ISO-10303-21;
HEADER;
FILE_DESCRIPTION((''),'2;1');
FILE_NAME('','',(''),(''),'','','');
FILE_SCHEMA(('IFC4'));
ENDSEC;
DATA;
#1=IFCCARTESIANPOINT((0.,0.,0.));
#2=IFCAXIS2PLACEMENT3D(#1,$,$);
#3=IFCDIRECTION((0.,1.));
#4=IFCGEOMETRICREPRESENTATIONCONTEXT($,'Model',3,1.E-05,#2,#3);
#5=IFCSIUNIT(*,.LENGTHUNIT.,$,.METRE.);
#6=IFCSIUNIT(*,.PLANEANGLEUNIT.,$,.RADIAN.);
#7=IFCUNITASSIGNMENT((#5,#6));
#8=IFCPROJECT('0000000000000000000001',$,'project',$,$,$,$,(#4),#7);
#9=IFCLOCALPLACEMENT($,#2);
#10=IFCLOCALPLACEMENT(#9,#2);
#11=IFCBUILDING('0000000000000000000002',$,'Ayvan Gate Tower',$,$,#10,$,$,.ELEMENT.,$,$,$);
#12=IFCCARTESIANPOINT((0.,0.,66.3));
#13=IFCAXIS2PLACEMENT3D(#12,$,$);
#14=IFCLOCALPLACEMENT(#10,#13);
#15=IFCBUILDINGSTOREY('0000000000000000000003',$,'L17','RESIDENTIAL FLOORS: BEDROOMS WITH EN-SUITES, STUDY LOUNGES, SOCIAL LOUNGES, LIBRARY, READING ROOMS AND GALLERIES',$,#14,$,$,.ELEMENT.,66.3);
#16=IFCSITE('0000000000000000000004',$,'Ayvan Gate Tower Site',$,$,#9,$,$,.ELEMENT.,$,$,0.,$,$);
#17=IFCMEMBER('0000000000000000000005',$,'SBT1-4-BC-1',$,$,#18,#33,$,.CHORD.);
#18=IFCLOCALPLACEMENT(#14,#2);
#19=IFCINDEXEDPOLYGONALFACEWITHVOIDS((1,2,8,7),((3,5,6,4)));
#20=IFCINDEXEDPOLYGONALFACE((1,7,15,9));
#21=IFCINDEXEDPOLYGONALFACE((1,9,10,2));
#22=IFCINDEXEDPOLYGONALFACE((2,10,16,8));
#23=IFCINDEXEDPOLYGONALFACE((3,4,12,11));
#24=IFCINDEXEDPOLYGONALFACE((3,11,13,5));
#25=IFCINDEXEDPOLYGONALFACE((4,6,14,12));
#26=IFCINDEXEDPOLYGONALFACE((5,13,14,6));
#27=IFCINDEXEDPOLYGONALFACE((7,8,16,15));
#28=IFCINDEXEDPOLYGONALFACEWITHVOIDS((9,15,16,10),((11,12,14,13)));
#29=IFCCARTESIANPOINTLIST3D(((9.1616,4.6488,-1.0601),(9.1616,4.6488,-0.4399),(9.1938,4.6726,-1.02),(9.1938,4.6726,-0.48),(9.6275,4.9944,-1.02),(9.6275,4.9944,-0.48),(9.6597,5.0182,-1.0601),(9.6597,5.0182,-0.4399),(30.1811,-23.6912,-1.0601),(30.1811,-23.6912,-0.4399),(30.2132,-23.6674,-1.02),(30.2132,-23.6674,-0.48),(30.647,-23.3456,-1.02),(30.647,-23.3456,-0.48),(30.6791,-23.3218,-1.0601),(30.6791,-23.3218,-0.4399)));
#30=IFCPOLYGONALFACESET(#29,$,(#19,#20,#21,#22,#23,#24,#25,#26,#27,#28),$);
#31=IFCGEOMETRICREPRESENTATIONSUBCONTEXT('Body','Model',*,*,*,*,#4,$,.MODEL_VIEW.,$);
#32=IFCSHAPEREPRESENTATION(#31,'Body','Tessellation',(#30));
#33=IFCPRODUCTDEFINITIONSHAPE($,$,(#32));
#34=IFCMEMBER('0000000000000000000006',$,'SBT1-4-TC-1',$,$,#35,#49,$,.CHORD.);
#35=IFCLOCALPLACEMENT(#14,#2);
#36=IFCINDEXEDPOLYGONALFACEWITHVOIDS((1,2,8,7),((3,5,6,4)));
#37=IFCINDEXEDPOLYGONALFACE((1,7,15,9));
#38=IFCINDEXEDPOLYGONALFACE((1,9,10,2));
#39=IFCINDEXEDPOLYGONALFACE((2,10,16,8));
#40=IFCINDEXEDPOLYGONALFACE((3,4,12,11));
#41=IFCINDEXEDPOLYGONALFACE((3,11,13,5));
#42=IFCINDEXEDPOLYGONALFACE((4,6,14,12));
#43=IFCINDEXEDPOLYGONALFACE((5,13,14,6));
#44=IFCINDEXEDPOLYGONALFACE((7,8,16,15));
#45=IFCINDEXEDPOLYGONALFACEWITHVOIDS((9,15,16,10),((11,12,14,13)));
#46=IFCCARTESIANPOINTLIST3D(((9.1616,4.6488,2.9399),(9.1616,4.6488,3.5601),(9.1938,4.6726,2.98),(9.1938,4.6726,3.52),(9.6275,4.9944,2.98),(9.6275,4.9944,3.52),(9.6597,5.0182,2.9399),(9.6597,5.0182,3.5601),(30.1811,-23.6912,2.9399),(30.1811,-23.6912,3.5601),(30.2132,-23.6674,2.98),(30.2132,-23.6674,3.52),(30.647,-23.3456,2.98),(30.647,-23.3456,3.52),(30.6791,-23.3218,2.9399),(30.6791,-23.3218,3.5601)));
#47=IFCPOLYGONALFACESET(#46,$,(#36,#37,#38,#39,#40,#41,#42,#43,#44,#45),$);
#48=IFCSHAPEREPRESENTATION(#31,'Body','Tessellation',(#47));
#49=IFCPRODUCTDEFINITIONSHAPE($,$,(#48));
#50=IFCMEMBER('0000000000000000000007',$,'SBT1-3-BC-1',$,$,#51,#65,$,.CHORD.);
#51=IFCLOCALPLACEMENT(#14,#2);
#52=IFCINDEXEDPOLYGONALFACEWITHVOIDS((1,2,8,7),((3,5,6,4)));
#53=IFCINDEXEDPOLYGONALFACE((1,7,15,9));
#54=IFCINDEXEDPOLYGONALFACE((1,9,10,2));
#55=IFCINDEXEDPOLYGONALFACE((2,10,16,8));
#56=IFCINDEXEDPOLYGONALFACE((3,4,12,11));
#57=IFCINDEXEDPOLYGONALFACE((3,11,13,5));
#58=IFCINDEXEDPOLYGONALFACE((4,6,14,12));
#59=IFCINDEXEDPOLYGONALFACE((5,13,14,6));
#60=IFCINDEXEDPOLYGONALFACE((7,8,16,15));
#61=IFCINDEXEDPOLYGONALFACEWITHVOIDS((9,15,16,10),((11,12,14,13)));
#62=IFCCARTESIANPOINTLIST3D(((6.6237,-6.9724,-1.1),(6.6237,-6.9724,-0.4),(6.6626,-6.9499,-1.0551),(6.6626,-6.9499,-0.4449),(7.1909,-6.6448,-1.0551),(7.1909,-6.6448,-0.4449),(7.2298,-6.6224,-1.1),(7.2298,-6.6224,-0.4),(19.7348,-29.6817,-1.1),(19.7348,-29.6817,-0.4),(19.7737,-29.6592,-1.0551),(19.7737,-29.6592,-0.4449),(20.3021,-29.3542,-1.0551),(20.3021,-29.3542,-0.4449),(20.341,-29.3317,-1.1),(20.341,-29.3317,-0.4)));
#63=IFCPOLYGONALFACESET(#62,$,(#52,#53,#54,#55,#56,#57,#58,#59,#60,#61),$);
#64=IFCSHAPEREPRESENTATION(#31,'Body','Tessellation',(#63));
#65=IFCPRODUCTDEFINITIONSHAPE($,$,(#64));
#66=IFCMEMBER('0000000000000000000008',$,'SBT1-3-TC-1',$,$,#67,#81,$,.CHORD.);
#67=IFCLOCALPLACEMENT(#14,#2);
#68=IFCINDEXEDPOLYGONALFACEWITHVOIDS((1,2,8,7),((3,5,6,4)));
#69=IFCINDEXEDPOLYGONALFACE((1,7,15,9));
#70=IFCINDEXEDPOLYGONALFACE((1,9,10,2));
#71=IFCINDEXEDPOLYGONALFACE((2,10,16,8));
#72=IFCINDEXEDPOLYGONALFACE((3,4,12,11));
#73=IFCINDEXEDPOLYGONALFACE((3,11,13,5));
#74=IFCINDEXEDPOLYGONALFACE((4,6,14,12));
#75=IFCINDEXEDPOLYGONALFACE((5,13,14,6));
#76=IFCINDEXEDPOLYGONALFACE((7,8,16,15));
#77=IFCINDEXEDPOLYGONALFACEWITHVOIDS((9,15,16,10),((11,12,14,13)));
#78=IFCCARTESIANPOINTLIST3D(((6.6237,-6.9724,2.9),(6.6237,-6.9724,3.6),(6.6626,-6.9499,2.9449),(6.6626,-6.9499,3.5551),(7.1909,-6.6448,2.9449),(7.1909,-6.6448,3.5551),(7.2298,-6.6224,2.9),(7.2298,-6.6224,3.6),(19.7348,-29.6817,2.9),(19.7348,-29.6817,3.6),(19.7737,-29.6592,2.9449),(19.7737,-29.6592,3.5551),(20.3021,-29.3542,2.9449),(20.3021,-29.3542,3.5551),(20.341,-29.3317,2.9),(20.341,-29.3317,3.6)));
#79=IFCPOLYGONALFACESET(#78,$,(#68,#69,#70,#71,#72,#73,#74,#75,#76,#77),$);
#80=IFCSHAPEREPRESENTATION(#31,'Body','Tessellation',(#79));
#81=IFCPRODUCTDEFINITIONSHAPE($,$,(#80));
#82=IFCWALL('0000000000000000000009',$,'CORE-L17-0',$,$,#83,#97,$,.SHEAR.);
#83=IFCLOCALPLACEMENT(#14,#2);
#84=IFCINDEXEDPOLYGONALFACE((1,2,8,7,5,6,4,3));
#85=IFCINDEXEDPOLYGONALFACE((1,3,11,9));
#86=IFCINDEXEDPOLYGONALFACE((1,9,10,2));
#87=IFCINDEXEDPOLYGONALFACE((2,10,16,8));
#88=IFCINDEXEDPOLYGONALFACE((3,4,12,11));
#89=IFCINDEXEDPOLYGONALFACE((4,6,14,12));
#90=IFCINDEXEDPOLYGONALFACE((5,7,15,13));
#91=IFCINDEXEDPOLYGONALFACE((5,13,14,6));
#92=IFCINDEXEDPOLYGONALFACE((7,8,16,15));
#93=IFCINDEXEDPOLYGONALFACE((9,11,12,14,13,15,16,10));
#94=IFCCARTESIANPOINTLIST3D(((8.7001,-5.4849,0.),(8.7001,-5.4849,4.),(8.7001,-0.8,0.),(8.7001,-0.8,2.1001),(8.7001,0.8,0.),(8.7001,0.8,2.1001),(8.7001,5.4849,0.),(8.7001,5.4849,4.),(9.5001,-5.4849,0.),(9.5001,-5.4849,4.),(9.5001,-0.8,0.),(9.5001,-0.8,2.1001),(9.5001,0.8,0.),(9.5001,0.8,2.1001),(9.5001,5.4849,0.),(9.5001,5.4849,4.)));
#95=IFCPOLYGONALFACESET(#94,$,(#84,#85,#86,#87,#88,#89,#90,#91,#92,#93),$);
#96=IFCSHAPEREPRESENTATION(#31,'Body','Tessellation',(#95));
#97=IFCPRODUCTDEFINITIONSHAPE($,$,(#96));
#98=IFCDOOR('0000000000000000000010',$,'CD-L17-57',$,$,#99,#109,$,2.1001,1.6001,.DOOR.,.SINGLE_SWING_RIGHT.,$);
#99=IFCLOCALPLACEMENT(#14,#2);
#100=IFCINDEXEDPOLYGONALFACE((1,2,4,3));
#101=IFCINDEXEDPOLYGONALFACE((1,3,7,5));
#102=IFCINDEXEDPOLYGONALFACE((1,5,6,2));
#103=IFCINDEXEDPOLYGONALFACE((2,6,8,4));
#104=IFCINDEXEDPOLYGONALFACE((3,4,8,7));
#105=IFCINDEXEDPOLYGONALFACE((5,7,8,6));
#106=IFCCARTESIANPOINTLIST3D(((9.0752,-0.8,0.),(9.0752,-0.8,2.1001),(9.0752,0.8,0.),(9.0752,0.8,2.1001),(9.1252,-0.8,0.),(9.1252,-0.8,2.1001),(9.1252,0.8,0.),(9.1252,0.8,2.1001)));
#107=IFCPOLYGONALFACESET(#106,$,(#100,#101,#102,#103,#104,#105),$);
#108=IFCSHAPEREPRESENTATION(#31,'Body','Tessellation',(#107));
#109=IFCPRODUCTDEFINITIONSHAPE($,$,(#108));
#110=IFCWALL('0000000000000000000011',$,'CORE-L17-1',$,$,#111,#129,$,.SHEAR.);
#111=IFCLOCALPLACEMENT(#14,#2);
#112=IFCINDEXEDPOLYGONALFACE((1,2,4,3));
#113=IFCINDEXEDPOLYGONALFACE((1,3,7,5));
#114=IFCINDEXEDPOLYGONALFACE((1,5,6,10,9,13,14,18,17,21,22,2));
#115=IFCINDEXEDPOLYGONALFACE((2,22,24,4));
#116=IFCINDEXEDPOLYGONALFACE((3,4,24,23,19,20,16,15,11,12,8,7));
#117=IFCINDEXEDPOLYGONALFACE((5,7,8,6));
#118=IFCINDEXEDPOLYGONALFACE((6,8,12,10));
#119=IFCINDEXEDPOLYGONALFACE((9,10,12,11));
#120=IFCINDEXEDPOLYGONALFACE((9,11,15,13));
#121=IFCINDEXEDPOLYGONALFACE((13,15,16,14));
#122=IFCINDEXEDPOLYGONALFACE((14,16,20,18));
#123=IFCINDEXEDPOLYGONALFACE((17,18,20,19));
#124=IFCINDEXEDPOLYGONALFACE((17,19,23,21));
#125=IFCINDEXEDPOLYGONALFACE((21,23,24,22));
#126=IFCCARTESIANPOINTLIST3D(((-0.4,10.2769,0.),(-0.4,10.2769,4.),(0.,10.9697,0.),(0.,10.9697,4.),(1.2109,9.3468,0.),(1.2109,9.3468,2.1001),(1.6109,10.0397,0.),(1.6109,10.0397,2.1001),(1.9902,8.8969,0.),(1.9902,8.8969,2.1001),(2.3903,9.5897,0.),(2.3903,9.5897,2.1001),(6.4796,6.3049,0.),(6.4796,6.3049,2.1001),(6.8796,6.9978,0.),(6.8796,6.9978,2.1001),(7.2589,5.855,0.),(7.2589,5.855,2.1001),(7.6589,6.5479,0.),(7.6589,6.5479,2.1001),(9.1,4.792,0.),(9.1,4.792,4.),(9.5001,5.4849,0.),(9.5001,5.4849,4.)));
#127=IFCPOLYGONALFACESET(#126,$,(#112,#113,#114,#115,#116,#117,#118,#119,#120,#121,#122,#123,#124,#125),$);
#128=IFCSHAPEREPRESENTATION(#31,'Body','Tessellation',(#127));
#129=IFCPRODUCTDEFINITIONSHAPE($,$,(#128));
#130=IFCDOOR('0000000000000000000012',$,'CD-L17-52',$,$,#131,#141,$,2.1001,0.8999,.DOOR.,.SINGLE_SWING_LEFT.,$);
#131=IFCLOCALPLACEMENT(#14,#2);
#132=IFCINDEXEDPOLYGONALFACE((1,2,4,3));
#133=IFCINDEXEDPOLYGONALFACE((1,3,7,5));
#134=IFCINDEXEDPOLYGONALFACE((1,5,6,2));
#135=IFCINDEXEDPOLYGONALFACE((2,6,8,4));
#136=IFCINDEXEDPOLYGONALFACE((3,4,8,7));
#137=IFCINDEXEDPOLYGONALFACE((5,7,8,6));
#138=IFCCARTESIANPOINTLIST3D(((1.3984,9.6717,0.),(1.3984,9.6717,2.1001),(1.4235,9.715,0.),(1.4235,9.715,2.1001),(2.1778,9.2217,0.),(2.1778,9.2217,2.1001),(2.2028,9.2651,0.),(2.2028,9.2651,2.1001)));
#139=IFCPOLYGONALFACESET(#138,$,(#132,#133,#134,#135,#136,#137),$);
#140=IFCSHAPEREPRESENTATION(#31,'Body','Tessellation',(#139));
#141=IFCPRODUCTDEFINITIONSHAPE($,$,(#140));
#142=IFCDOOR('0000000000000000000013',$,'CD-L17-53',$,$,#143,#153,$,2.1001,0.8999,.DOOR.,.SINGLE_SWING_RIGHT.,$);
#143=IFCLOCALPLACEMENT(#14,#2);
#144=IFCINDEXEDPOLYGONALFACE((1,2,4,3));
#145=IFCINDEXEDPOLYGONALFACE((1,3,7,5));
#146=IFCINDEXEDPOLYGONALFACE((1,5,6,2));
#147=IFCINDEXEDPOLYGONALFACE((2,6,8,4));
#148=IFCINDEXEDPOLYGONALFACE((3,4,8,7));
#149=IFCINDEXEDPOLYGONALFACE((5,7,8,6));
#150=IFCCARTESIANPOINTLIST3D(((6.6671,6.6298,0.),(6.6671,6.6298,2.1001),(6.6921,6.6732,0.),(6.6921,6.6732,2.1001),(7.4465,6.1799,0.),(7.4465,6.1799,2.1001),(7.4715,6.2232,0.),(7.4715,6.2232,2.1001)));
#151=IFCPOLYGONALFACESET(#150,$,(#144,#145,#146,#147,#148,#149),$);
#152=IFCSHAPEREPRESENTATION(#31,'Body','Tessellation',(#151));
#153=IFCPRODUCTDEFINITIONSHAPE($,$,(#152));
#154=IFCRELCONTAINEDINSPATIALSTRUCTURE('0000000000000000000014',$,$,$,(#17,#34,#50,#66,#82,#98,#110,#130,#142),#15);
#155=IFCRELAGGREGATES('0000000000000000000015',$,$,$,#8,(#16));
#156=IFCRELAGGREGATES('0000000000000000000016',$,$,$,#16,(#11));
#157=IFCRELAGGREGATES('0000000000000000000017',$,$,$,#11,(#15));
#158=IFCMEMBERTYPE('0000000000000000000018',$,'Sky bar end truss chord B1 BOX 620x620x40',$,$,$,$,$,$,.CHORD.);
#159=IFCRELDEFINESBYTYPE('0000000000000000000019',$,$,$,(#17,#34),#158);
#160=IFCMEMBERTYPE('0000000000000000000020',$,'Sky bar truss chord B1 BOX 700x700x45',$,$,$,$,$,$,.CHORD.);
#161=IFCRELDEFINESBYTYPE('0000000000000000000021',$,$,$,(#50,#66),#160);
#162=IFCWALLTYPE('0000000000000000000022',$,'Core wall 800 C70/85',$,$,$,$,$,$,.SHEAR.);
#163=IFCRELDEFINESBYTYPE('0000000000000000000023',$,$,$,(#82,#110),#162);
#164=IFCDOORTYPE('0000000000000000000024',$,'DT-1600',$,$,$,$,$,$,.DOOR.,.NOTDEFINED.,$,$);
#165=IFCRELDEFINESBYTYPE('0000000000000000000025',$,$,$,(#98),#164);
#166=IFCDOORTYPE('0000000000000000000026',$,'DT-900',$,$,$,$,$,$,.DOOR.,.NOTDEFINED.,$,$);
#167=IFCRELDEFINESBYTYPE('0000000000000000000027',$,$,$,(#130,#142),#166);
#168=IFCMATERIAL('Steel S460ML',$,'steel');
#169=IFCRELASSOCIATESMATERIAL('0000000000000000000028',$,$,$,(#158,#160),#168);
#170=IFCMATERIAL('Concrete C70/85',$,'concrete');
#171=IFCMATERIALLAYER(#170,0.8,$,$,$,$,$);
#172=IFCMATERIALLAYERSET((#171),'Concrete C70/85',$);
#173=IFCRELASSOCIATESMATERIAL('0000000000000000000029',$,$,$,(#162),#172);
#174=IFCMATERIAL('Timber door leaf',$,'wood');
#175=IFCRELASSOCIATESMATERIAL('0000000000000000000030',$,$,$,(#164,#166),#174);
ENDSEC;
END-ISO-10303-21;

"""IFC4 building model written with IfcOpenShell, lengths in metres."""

from ifc_helpers import new_model, si_unit, direction, frame, frame_2d, origin, origin_2d, place, context, subcontext, project, spatial, rectangle, hollow_rectangle, extrude, material, layer, layer_set, material_profile, profile_set, type_object, element, fill, save


model = new_model("IFC4")

# Units and contexts
model_context = context("Model", 3, precision=1e-05, world=origin(), true_north=direction((0.0, 1.0)))
body_context = subcontext(model_context, "Body", "Model", "MODEL_VIEW")
ifc_project = project(units=[si_unit("LENGTHUNIT", "METRE"), si_unit("PLANEANGLEUNIT", "RADIAN")], contexts=[model_context])

# Site, building, storey
site_placement = place(None, origin())
site = spatial("IfcSite", under=ifc_project, at=site_placement, Name="Ayvan Gate Tower Site", CompositionType="ELEMENT", RefElevation=0.0)
building_placement = place(site_placement, origin())
building = spatial("IfcBuilding", under=site, at=building_placement, Name="Ayvan Gate Tower", CompositionType="ELEMENT")
storey_placement = place(building_placement, frame((0.0, 0.0, 66.3)))
storey = spatial("IfcBuildingStorey", under=building, at=storey_placement, Name="L17", Description="RESIDENTIAL FLOORS: BEDROOMS WITH EN-SUITES, STUDY LOUNGES, SOCIAL LOUNGES, LIBRARY, READING ROOMS AND GALLERIES", CompositionType="ELEMENT", Elevation=66.3)

# Members
ifc_material_1 = material(Name="Steel S460ML", Category="steel")
ifc_material_profile_1 = material_profile(ifc_material_1, hollow_rectangle(XDim=0.6201, YDim=0.6201, WallThickness=0.04, at=origin_2d()), Name="BOX 620x620x40")
ifc_profile_set_1 = profile_set([ifc_material_profile_1], Name="Steel S460ML")
member_type_1 = type_object("IfcMemberType", Name="Sky bar end truss chord B1 BOX 620x620x40", PredefinedType="CHORD", material=ifc_profile_set_1)
for number, where, z_axis, x_axis, name in (
    (1, (9.4106, 4.8335, -0.75), (0.595719, -0.803193, 0.0), (0.803193, 0.595719, 0.0), "SBT1-4-BC-1"),
    (2, (9.4106, 4.8335, 3.25), (0.595719, -0.803193, 0.0), (0.803193, 0.595719, 0.0), "SBT1-4-TC-1"),
):
    element("IfcMember", number, at=place(storey_placement, frame(where, z_axis=z_axis, x_axis=x_axis)), inside=storey, type_object=member_type_1, Name=name, PredefinedType="CHORD", context=body_context, shape_type="SweptSolid", body=[
        extrude(hollow_rectangle(XDim=0.6201, YDim=0.6201, WallThickness=0.04, at=origin_2d()), origin(), (0.0, 0.0, 1.0), 35.2842),
    ])
ifc_material_profile_2 = material_profile(ifc_material_1, hollow_rectangle(XDim=0.7, YDim=0.7, WallThickness=0.0449, at=origin_2d()), Name="BOX 700x700x45")
ifc_profile_set_2 = profile_set([ifc_material_profile_2], Name="Steel S460ML")
member_type_2 = type_object("IfcMemberType", Name="Sky bar truss chord B1 BOX 700x700x45", PredefinedType="CHORD", material=ifc_profile_set_2)
for number, where, z_axis, x_axis, name in (
    (3, (6.9268, -6.7974, -0.75), (0.499997, -0.866027, 0.0), (0.866027, 0.499997, 0.0), "SBT1-3-BC-1"),
    (4, (6.9268, -6.7974, 3.25), (0.499997, -0.866027, 0.0), (0.866027, 0.499997, 0.0), "SBT1-3-TC-1"),
):
    element("IfcMember", number, at=place(storey_placement, frame(where, z_axis=z_axis, x_axis=x_axis)), inside=storey, type_object=member_type_2, Name=name, PredefinedType="CHORD", context=body_context, shape_type="SweptSolid", body=[
        extrude(hollow_rectangle(XDim=0.7, YDim=0.7, WallThickness=0.0449, at=origin_2d()), origin(), (0.0, 0.0, 1.0), 26.2224),
    ])

# Wall, opening, door
ifc_material_2 = material(Name="Concrete C70/85", Category="concrete")
ifc_layer_1 = layer(ifc_material_2, 0.8)
ifc_layer_set_1 = layer_set([ifc_layer_1], Name="Concrete C70/85")
wall_type_1 = type_object("IfcWallType", Name="Core wall 800 C70/85", PredefinedType="SHEAR", material=ifc_layer_set_1)
wall_1_placement = place(storey_placement, frame((9.1001, -5.4849, 0.0), z_axis=(0.0, 0.0, 1.0), x_axis=(0.0, 1.0, 0.0)))
wall_1 = element("IfcWall", 5, at=wall_1_placement, inside=storey, type_object=wall_type_1, Name="CORE-L17-0", PredefinedType="SHEAR", context=body_context, shape_type="SweptSolid", body=[
    extrude(rectangle(XDim=10.9697, YDim=0.8, at=frame_2d((5.4849, 0.0))), origin(), (0.0, 0.0, 1.0), 4.0),
])
opening_1_placement = place(wall_1_placement, frame((4.6848, 0.0, 0.0)))
opening_1 = element("IfcOpeningElement", 6, at=opening_1_placement, cuts=wall_1, PredefinedType="OPENING", context=body_context, shape_type="SweptSolid", body=[
    extrude(rectangle(XDim=1.6001, YDim=2.1001, at=frame_2d((0.8, 1.05))), frame((0.0, 0.4099, 0.0), z_axis=(0.0, -1.0, 0.0), x_axis=(1.0, 0.0, 0.0)), (0.0, 0.0, 1.0), 0.8201),
])
ifc_material_3 = material(Name="Timber door leaf", Category="wood")
door_type_1 = type_object("IfcDoorType", Name="DT-1600", OperationType="NOTDEFINED", PredefinedType="DOOR", material=ifc_material_3)
door_1_placement = place(opening_1_placement, origin())
door_1 = element("IfcDoor", 7, at=door_1_placement, inside=storey, type_object=door_type_1, Name="CD-L17-57", OperationType="SINGLE_SWING_RIGHT", OverallHeight=2.1001, OverallWidth=1.6001, PredefinedType="DOOR", context=body_context, shape_type="SweptSolid", body=[
    extrude(rectangle(XDim=1.6001, YDim=2.1001, at=frame_2d((0.8, 1.05))), frame((0.0, 0.0249, 0.0), z_axis=(0.0, -1.0, 0.0), x_axis=(1.0, 0.0, 0.0)), (0.0, 0.0, 1.0), 0.05),
])
fill(opening_1, door_1)

# Wall, openings, doors
wall_2_placement = place(storey_placement, frame((9.3, 5.1384, 0.0), z_axis=(0.0, 0.0, 1.0), x_axis=(-0.866024, 0.500002, 0.0)))
wall_2 = element("IfcWall", 8, at=wall_2_placement, inside=storey, type_object=wall_type_1, Name="CORE-L17-1", PredefinedType="SHEAR", context=body_context, shape_type="SweptSolid", body=[
    extrude(rectangle(XDim=10.9697, YDim=0.8, at=frame_2d((5.4849, 0.0))), origin(), (0.0, 0.0, 1.0), 4.0),
])
opening_2_placement = place(wall_2_placement, frame((8.2097, 0.0, 0.0)))
opening_2 = element("IfcOpeningElement", 9, at=opening_2_placement, cuts=wall_2, PredefinedType="OPENING", context=body_context, shape_type="SweptSolid", body=[
    extrude(rectangle(XDim=0.8999, YDim=2.1001, at=frame_2d((0.45, 1.05))), frame((0.0, 0.4099, 0.0), z_axis=(0.0, -1.0, 0.0), x_axis=(1.0, 0.0, 0.0)), (0.0, 0.0, 1.0), 0.8201),
])
opening_3_placement = place(wall_2_placement, frame((2.126, 0.0, 0.0)))
opening_3 = element("IfcOpeningElement", 10, at=opening_3_placement, cuts=wall_2, PredefinedType="OPENING", context=body_context, shape_type="SweptSolid", body=[
    extrude(rectangle(XDim=0.8999, YDim=2.1001, at=frame_2d((0.45, 1.05))), frame((0.0, 0.4099, 0.0), z_axis=(0.0, -1.0, 0.0), x_axis=(1.0, 0.0, 0.0)), (0.0, 0.0, 1.0), 0.8201),
])
door_type_2 = type_object("IfcDoorType", Name="DT-900", OperationType="NOTDEFINED", PredefinedType="DOOR", material=ifc_material_3)
door_2_placement = place(opening_2_placement, origin())
door_2 = element("IfcDoor", 11, at=door_2_placement, inside=storey, type_object=door_type_2, Name="CD-L17-52", OperationType="SINGLE_SWING_LEFT", OverallHeight=2.1001, OverallWidth=0.8999, PredefinedType="DOOR", context=body_context, shape_type="SweptSolid", body=[
    extrude(rectangle(XDim=0.8999, YDim=2.1001, at=frame_2d((0.45, 1.05))), frame((0.0, 0.0249, 0.0), z_axis=(0.0, -1.0, 0.0), x_axis=(1.0, 0.0, 0.0)), (0.0, 0.0, 1.0), 0.05),
])
fill(opening_2, door_2)
door_3_placement = place(opening_3_placement, origin())
door_3 = element("IfcDoor", 12, at=door_3_placement, inside=storey, type_object=door_type_2, Name="CD-L17-53", OperationType="SINGLE_SWING_RIGHT", OverallHeight=2.1001, OverallWidth=0.8999, PredefinedType="DOOR", context=body_context, shape_type="SweptSolid", body=[
    extrude(rectangle(XDim=0.8999, YDim=2.1001, at=frame_2d((0.45, 1.05))), frame((0.0, 0.0249, 0.0), z_axis=(0.0, -1.0, 0.0), x_axis=(1.0, 0.0, 0.0)), (0.0, 0.0, 1.0), 0.05),
])
fill(opening_3, door_3)

save(model, "model.ifc")
